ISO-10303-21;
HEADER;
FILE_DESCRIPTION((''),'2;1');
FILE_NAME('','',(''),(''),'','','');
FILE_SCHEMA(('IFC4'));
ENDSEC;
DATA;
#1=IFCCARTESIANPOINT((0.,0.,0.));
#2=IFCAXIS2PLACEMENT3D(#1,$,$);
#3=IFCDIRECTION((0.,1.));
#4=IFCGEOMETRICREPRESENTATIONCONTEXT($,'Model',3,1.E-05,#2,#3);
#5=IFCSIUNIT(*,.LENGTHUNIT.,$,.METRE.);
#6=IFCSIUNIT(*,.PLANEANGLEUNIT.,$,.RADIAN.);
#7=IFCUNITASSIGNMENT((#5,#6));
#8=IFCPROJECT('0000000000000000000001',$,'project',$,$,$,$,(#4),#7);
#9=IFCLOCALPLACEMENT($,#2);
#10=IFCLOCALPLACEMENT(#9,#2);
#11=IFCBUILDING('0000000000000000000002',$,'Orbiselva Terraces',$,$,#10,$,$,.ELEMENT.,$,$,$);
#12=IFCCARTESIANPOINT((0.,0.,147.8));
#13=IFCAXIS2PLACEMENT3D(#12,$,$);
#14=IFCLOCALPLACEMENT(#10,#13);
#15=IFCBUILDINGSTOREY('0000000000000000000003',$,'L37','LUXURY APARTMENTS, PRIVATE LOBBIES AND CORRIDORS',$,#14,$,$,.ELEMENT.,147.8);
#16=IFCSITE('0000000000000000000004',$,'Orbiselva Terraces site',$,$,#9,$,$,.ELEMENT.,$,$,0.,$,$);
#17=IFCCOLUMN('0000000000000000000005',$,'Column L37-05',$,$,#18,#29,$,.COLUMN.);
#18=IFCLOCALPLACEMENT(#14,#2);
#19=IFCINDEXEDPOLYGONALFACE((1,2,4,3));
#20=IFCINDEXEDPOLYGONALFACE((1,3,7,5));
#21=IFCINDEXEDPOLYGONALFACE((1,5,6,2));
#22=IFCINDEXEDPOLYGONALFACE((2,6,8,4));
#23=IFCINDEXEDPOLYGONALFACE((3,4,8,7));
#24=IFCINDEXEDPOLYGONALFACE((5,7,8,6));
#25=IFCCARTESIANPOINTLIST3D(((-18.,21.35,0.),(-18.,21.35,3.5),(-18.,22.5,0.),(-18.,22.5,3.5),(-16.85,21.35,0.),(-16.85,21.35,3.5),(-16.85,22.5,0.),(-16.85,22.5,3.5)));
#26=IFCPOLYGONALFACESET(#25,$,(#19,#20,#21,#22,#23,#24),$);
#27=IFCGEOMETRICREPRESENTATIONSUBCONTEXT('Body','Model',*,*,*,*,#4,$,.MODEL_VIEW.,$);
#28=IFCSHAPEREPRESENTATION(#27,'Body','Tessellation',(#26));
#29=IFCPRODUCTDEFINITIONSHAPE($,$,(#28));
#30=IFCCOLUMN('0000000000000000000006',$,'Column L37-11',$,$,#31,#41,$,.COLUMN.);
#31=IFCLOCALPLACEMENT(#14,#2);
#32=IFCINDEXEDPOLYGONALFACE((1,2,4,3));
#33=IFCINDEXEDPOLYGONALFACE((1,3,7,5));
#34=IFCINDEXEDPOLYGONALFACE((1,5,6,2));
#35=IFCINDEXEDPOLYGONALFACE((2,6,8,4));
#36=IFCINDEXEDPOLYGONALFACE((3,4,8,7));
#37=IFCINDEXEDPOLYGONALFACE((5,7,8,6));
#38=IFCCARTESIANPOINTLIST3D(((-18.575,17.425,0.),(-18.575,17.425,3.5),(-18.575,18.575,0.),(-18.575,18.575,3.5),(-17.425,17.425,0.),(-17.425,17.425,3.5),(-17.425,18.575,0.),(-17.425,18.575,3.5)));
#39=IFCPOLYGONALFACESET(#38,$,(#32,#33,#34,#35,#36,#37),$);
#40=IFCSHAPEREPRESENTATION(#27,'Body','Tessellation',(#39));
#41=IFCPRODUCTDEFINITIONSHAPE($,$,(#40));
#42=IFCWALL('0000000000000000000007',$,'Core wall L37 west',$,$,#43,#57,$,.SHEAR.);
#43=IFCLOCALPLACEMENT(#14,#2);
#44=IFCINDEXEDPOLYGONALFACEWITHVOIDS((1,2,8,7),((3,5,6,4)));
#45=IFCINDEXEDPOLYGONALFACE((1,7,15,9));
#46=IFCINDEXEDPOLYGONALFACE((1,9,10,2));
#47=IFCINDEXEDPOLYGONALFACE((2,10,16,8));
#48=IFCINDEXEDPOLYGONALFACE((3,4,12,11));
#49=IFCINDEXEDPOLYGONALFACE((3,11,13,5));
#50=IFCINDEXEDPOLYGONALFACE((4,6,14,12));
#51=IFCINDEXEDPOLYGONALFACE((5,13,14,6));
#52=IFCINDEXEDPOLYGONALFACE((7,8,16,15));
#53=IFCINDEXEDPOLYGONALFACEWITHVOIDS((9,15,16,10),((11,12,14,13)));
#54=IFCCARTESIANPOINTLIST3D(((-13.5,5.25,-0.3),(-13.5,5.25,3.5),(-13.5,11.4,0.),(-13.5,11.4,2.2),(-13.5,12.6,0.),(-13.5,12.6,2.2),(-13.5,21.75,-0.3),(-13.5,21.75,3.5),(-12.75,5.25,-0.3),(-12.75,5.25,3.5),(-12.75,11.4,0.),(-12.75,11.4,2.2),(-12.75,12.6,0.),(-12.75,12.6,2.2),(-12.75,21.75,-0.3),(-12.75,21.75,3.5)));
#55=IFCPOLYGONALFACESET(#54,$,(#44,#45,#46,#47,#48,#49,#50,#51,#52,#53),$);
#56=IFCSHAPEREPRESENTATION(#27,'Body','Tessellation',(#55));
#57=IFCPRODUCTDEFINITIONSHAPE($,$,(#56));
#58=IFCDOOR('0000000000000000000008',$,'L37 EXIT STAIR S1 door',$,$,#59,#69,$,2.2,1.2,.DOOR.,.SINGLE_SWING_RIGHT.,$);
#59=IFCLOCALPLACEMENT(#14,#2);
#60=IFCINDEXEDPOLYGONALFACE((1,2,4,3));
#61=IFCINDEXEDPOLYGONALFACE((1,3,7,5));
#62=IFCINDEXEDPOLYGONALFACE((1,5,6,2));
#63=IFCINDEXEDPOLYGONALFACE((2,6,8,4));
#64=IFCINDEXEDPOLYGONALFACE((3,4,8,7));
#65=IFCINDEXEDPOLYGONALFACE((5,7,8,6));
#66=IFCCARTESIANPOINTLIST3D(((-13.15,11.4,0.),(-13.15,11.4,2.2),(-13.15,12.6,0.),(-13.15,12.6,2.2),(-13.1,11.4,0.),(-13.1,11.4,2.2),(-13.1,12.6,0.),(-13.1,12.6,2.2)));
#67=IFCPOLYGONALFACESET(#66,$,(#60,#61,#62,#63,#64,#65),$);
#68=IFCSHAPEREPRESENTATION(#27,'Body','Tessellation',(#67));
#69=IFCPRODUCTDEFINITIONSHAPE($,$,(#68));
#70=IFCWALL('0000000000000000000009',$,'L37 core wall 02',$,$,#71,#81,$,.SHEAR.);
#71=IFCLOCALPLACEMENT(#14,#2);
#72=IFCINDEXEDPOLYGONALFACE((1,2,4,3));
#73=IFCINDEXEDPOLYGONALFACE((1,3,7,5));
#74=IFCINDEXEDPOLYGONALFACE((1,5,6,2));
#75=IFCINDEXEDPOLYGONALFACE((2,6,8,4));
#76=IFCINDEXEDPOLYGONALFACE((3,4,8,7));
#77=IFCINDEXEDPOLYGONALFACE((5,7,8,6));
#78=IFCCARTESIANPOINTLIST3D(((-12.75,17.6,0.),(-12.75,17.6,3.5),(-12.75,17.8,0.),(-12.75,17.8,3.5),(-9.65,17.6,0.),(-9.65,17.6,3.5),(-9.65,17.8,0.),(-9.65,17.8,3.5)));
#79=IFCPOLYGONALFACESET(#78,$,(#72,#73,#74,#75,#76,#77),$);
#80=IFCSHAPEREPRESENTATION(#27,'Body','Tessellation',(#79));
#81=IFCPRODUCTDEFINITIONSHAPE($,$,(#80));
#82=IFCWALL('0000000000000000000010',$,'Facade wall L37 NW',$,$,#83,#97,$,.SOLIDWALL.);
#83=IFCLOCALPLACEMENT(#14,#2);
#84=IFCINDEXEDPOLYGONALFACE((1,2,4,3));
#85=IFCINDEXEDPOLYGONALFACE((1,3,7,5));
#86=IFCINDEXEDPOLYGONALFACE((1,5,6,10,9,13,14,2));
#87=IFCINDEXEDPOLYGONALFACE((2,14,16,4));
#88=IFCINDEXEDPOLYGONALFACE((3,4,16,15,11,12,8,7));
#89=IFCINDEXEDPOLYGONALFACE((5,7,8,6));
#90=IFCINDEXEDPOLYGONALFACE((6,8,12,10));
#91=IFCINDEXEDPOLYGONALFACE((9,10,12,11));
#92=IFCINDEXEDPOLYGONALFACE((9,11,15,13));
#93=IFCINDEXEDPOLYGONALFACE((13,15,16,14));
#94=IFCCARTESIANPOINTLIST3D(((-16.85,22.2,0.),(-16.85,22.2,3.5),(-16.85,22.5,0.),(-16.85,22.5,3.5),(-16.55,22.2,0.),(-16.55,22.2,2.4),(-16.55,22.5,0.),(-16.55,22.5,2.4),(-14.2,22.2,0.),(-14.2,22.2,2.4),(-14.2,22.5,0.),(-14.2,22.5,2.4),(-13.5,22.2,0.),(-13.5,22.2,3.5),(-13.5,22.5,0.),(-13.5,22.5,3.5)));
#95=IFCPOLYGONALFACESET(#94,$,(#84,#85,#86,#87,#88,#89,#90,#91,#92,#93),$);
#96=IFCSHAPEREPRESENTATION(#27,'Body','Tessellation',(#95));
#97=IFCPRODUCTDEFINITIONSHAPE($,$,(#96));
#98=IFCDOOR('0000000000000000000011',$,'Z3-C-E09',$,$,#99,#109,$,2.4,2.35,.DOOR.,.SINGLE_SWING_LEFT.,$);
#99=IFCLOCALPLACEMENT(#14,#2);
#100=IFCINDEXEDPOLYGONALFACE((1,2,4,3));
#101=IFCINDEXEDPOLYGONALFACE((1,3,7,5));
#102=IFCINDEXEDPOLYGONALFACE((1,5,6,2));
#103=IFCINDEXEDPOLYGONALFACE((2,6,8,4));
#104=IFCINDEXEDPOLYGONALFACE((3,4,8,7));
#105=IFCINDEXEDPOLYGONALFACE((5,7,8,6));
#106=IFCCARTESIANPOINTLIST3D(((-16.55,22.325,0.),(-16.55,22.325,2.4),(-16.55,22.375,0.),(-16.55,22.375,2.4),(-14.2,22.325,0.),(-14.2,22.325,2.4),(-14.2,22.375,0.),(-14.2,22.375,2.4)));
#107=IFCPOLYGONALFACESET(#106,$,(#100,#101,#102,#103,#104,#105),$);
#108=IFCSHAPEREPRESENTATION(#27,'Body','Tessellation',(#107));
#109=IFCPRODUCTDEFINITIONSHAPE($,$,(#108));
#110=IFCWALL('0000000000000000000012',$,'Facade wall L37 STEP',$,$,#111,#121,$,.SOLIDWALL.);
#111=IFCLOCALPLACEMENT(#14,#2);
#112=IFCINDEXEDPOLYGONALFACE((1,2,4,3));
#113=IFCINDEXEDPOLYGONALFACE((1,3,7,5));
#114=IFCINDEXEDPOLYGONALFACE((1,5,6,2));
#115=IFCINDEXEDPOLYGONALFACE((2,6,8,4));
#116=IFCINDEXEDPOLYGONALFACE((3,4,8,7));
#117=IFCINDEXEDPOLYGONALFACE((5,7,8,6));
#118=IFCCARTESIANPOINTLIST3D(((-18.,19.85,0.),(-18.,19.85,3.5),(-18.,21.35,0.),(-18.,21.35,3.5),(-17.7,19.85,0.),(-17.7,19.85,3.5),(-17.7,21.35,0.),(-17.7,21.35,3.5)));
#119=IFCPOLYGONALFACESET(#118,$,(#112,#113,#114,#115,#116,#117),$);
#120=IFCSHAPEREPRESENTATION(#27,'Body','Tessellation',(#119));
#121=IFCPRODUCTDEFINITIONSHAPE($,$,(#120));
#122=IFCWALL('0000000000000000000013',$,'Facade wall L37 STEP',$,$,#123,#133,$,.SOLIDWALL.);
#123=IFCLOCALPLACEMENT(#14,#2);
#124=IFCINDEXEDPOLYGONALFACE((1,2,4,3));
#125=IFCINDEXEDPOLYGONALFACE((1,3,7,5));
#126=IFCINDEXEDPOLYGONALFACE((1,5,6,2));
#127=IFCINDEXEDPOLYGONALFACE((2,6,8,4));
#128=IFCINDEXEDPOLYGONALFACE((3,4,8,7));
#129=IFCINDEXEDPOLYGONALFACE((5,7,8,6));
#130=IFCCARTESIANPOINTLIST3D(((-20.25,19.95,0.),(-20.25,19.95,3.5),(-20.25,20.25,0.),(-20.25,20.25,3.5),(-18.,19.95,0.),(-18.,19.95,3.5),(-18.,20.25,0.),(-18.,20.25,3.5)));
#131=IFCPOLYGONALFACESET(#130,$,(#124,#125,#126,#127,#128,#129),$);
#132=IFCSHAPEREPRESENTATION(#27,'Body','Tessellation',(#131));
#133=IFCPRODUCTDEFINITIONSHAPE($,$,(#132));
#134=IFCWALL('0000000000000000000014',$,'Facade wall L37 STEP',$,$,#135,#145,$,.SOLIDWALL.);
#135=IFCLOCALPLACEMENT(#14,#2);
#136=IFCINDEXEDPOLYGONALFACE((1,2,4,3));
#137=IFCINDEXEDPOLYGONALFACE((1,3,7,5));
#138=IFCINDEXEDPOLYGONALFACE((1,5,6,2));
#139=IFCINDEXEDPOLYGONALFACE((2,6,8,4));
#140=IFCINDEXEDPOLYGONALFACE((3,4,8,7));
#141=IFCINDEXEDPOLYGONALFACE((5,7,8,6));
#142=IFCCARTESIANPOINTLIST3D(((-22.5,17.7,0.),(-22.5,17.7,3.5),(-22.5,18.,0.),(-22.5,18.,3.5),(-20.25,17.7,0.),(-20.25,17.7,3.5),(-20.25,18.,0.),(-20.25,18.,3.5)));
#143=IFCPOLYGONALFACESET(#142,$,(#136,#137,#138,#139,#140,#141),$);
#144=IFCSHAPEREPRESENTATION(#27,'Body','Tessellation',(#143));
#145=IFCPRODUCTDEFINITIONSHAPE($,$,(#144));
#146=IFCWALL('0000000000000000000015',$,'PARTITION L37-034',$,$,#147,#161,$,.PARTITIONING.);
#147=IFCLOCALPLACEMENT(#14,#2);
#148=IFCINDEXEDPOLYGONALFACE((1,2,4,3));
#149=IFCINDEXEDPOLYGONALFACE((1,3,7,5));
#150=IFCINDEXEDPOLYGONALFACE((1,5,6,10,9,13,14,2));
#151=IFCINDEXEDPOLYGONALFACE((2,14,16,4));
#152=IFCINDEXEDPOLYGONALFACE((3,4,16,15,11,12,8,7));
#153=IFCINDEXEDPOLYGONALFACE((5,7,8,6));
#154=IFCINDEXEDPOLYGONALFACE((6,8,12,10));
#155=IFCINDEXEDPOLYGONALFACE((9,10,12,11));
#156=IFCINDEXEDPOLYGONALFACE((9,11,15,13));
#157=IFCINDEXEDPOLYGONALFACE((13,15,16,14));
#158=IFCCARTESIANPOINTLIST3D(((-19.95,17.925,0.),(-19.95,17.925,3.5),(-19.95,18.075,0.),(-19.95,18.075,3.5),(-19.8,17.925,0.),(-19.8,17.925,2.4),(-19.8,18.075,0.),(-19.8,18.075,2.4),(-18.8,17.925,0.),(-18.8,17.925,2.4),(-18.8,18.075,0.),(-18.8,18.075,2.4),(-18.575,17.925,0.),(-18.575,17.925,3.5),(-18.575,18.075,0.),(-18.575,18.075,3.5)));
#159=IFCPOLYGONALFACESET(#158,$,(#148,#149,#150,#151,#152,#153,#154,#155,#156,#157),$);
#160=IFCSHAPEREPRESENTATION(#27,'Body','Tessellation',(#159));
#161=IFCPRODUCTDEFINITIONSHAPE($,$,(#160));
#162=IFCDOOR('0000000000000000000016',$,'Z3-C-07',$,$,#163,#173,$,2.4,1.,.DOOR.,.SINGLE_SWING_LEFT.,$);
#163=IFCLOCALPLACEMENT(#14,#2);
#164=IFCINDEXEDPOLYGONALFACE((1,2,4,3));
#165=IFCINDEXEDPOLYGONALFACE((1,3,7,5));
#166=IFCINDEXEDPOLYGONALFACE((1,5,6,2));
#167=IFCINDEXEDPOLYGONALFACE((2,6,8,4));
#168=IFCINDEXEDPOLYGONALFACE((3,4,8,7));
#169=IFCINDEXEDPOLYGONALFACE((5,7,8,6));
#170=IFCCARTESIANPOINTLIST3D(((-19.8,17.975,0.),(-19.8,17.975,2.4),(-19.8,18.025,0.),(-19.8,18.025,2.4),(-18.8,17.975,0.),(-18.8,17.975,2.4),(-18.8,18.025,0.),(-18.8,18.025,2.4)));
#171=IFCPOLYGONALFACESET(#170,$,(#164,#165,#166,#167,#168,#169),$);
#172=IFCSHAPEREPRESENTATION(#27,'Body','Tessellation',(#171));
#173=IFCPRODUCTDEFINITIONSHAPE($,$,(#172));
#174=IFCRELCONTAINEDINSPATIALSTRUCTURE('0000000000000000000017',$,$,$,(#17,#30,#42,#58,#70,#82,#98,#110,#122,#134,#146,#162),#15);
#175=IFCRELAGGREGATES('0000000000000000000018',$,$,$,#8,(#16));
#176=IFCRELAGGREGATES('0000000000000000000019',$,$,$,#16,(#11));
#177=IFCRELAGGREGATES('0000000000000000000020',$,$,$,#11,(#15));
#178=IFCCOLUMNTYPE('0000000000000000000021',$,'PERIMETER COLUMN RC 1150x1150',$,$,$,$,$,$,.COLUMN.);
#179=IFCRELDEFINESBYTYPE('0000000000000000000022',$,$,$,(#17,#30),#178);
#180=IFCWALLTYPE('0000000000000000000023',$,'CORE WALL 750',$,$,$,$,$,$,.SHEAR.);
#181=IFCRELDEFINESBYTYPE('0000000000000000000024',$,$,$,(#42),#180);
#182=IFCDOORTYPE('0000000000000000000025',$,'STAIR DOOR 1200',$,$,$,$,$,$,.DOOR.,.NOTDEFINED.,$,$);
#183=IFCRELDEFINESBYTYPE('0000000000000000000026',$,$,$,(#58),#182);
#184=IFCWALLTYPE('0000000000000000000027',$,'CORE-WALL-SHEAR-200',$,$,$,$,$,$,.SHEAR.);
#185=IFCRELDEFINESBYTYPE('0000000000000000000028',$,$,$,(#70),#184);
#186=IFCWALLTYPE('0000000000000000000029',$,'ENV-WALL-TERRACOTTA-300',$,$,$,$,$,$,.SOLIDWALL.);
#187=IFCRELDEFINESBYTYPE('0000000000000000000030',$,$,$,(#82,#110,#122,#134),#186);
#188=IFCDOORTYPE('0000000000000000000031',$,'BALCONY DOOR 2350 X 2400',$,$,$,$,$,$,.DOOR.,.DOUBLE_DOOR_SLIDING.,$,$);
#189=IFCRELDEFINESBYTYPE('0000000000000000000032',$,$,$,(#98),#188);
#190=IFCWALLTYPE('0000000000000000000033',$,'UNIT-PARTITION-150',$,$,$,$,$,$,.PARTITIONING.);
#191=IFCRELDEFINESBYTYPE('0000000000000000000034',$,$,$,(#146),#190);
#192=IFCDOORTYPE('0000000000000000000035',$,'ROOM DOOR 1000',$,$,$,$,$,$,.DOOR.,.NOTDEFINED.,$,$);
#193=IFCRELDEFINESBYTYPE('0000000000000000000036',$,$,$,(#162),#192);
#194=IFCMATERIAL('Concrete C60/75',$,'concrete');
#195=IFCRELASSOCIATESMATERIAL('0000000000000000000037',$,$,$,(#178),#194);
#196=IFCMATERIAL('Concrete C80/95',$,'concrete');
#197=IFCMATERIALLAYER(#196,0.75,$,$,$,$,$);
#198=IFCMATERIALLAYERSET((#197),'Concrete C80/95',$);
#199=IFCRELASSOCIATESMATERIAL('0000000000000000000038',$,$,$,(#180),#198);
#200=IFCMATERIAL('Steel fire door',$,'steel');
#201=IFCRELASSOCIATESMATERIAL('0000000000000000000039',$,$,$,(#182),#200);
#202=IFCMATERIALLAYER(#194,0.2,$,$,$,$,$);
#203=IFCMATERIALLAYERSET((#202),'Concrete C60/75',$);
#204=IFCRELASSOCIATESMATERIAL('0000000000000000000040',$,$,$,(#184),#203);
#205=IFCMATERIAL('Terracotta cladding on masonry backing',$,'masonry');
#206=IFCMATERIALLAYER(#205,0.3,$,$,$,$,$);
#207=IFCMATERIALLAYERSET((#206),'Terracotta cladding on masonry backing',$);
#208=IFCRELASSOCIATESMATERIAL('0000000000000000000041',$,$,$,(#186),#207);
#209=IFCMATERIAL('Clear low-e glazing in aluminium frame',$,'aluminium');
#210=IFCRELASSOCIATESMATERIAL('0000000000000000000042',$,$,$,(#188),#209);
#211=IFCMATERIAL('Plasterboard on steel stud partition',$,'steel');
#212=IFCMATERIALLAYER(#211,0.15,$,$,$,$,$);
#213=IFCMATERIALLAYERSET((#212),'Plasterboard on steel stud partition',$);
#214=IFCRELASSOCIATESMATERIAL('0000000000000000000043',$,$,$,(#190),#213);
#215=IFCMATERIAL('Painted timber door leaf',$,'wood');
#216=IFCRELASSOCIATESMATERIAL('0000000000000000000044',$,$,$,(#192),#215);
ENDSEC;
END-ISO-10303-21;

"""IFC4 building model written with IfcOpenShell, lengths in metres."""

from ifc_helpers import new_model, si_unit, direction, frame, frame_2d, origin, origin_2d, place, context, subcontext, project, spatial, rectangle, extrude, material, layer, layer_set, material_profile, profile_set, type_object, element, fill, save


model = new_model("IFC4")

# Units and contexts
model_context = context("Model", 3, precision=1e-05, world=origin(), true_north=direction((0.0, 1.0)))
body_context = subcontext(model_context, "Body", "Model", "MODEL_VIEW")
ifc_project = project(units=[si_unit("LENGTHUNIT", "METRE"), si_unit("PLANEANGLEUNIT", "RADIAN")], contexts=[model_context])

# Site, building, storey
site_placement = place(None, origin())
site = spatial("IfcSite", under=ifc_project, at=site_placement, Name="Orbiselva Terraces site", CompositionType="ELEMENT", RefElevation=0.0)
building_placement = place(site_placement, origin())
building = spatial("IfcBuilding", under=site, at=building_placement, Name="Orbiselva Terraces", CompositionType="ELEMENT")
storey_placement = place(building_placement, frame((0.0, 0.0, 147.8)))
storey = spatial("IfcBuildingStorey", under=building, at=storey_placement, Name="L37", Description="LUXURY APARTMENTS, PRIVATE LOBBIES AND CORRIDORS", CompositionType="ELEMENT", Elevation=147.8)

# Columns
ifc_material_1 = material(Name="Concrete C60/75", Category="concrete")
ifc_material_profile = material_profile(ifc_material_1, rectangle(XDim=1.15, YDim=1.15, at=origin_2d()), Name="RC 1150x1150")
ifc_profile_set = profile_set([ifc_material_profile], Name="Concrete C60/75")
column_type = type_object("IfcColumnType", Name="PERIMETER COLUMN RC 1150x1150", PredefinedType="COLUMN", material=ifc_profile_set)
for number, where, z_axis, x_axis, name in (
    (1, (-17.425, 21.925, 0.0), (0.0, 0.0, 1.0), (1.0, 0.0, 0.0), "Column L37-05"),
    (2, (-18.0, 18.0, 0.0), (0.0, 0.0, 1.0), (1.0, 0.0, 0.0), "Column L37-11"),
):
    element("IfcColumn", number, at=place(storey_placement, frame(where, z_axis=z_axis, x_axis=x_axis)), inside=storey, type_object=column_type, Name=name, PredefinedType="COLUMN", context=body_context, shape_type="SweptSolid", body=[
        extrude(rectangle(XDim=1.15, YDim=1.15, at=origin_2d()), origin(), (0.0, 0.0, 1.0), 3.5),
    ])

# Wall, opening, door
ifc_material_2 = material(Name="Concrete C80/95", Category="concrete")
ifc_layer_1 = layer(ifc_material_2, 0.75)
ifc_layer_set_1 = layer_set([ifc_layer_1], Name="Concrete C80/95")
wall_type_1 = type_object("IfcWallType", Name="CORE WALL 750", PredefinedType="SHEAR", material=ifc_layer_set_1)
wall_1_placement = place(storey_placement, frame((-13.125, 21.75, -0.3), z_axis=(0.0, 0.0, 1.0), x_axis=(0.0, -1.0, 0.0)))
wall_1 = element("IfcWall", 3, at=wall_1_placement, inside=storey, type_object=wall_type_1, Name="Core wall L37 west", PredefinedType="SHEAR", context=body_context, shape_type="SweptSolid", body=[
    extrude(rectangle(XDim=16.5, YDim=0.75, at=frame_2d((8.25, 0.0))), origin(), (0.0, 0.0, 1.0), 3.8),
])
opening_1_placement = place(wall_1_placement, frame((9.15, 0.0, 0.3)))
opening_1 = element("IfcOpeningElement", 4, at=opening_1_placement, cuts=wall_1, PredefinedType="OPENING", context=body_context, shape_type="SweptSolid", body=[
    extrude(rectangle(XDim=1.2, YDim=2.2, at=frame_2d((0.6, 1.1))), frame((0.0, 0.385, 0.0), z_axis=(0.0, -1.0, 0.0), x_axis=(1.0, 0.0, 0.0)), (0.0, 0.0, 1.0), 0.77),
])
ifc_material_3 = material(Name="Steel fire door", Category="steel")
door_type_1 = type_object("IfcDoorType", Name="STAIR DOOR 1200", OperationType="NOTDEFINED", PredefinedType="DOOR", material=ifc_material_3)
door_1_placement = place(opening_1_placement, frame((1.2, 0.0, 0.0), z_axis=(0.0, 0.0, 1.0), x_axis=(-1.0, 0.0, 0.0)))
door_1 = element("IfcDoor", 5, at=door_1_placement, inside=storey, type_object=door_type_1, Name="L37 EXIT STAIR S1 door", OperationType="SINGLE_SWING_RIGHT", OverallHeight=2.2, OverallWidth=1.2, PredefinedType="DOOR", context=body_context, shape_type="SweptSolid", body=[
    extrude(rectangle(XDim=1.2, YDim=2.2, at=frame_2d((0.6, 1.1))), frame((0.0, 0.025, 0.0), z_axis=(0.0, -1.0, 0.0), x_axis=(1.0, 0.0, 0.0)), (0.0, 0.0, 1.0), 0.05),
])
fill(opening_1, door_1)

# Wall
ifc_layer_2 = layer(ifc_material_1, 0.2)
ifc_layer_set_2 = layer_set([ifc_layer_2], Name="Concrete C60/75")
wall_type_2 = type_object("IfcWallType", Name="CORE-WALL-SHEAR-200", PredefinedType="SHEAR", material=ifc_layer_set_2)
wall_2_placement = place(storey_placement, frame((-12.75, 17.7, 0.0), z_axis=(0.0, 0.0, 1.0), x_axis=(1.0, 0.0, 0.0)))
element("IfcWall", 6, at=wall_2_placement, inside=storey, type_object=wall_type_2, Name="L37 core wall 02", PredefinedType="SHEAR", context=body_context, shape_type="SweptSolid", body=[
    extrude(rectangle(XDim=3.1, YDim=0.2, at=frame_2d((1.55, 0.0))), origin(), (0.0, 0.0, 1.0), 3.5),
])

# Wall, opening, door
ifc_material_4 = material(Name="Terracotta cladding on masonry backing", Category="masonry")
ifc_layer_3 = layer(ifc_material_4, 0.3)
ifc_layer_set_3 = layer_set([ifc_layer_3], Name="Terracotta cladding on masonry backing")
wall_type_3 = type_object("IfcWallType", Name="ENV-WALL-TERRACOTTA-300", PredefinedType="SOLIDWALL", material=ifc_layer_set_3)
wall_3_placement = place(storey_placement, frame((-16.85, 22.35, 0.0), z_axis=(0.0, 0.0, 1.0), x_axis=(1.0, 0.0, 0.0)))
wall_3 = element("IfcWall", 7, at=wall_3_placement, inside=storey, type_object=wall_type_3, Name="Facade wall L37 NW", PredefinedType="SOLIDWALL", context=body_context, shape_type="SweptSolid", body=[
    extrude(rectangle(XDim=3.35, YDim=0.3, at=frame_2d((1.675, 0.0))), origin(), (0.0, 0.0, 1.0), 3.5),
])
opening_2_placement = place(wall_3_placement, frame((0.3, 0.0, 0.0)))
opening_2 = element("IfcOpeningElement", 8, at=opening_2_placement, cuts=wall_3, PredefinedType="OPENING", context=body_context, shape_type="SweptSolid", body=[
    extrude(rectangle(XDim=2.35, YDim=2.4, at=frame_2d((1.175, 1.2))), frame((0.0, 0.16, 0.0), z_axis=(0.0, -1.0, 0.0), x_axis=(1.0, 0.0, 0.0)), (0.0, 0.0, 1.0), 0.32),
])
ifc_material_5 = material(Name="Clear low-e glazing in aluminium frame", Category="aluminium")
door_type_2 = type_object("IfcDoorType", Name="BALCONY DOOR 2350 X 2400", OperationType="DOUBLE_DOOR_SLIDING", PredefinedType="DOOR", material=ifc_material_5)
door_2_placement = place(opening_2_placement, origin())
door_2 = element("IfcDoor", 9, at=door_2_placement, inside=storey, type_object=door_type_2, Name="Z3-C-E09", OperationType="SINGLE_SWING_LEFT", OverallHeight=2.4, OverallWidth=2.35, PredefinedType="DOOR", context=body_context, shape_type="SweptSolid", body=[
    extrude(rectangle(XDim=2.35, YDim=2.4, at=frame_2d((1.175, 1.2))), frame((0.0, 0.025, 0.0), z_axis=(0.0, -1.0, 0.0), x_axis=(1.0, 0.0, 0.0)), (0.0, 0.0, 1.0), 0.05),
])
fill(opening_2, door_2)

# Walls
wall_4_placement = place(storey_placement, frame((-17.85, 19.85, 0.0), z_axis=(0.0, 0.0, 1.0), x_axis=(0.0, 1.0, 0.0)))
element("IfcWall", 10, at=wall_4_placement, inside=storey, type_object=wall_type_3, Name="Facade wall L37 STEP", PredefinedType="SOLIDWALL", context=body_context, shape_type="SweptSolid", body=[
    extrude(rectangle(XDim=1.5, YDim=0.3, at=frame_2d((0.75, 0.0))), origin(), (0.0, 0.0, 1.0), 3.5),
])
for number, where, z_axis, x_axis, name in (
    (11, (-20.25, 20.1, 0.0), (0.0, 0.0, 1.0), (1.0, 0.0, 0.0), "Facade wall L37 STEP"),
    (12, (-22.5, 17.85, 0.0), (0.0, 0.0, 1.0), (1.0, 0.0, 0.0), "Facade wall L37 STEP"),
):
    element("IfcWall", number, at=place(storey_placement, frame(where, z_axis=z_axis, x_axis=x_axis)), inside=storey, type_object=wall_type_3, Name=name, PredefinedType="SOLIDWALL", context=body_context, shape_type="SweptSolid", body=[
        extrude(rectangle(XDim=2.25, YDim=0.3, at=frame_2d((1.125, 0.0))), origin(), (0.0, 0.0, 1.0), 3.5),
    ])

# Wall, opening, door
ifc_material_6 = material(Name="Plasterboard on steel stud partition", Category="steel")
ifc_layer_4 = layer(ifc_material_6, 0.15)
ifc_layer_set_4 = layer_set([ifc_layer_4], Name="Plasterboard on steel stud partition")
wall_type_4 = type_object("IfcWallType", Name="UNIT-PARTITION-150", PredefinedType="PARTITIONING", material=ifc_layer_set_4)
wall_5_placement = place(storey_placement, frame((-19.95, 18.0, 0.0), z_axis=(0.0, 0.0, 1.0), x_axis=(1.0, 0.0, 0.0)))
wall_5 = element("IfcWall", 13, at=wall_5_placement, inside=storey, type_object=wall_type_4, Name="PARTITION L37-034", PredefinedType="PARTITIONING", context=body_context, shape_type="SweptSolid", body=[
    extrude(rectangle(XDim=1.375, YDim=0.15, at=frame_2d((0.6875, 0.0))), origin(), (0.0, 0.0, 1.0), 3.5),
])
opening_3_placement = place(wall_5_placement, frame((0.15, 0.0, 0.0)))
opening_3 = element("IfcOpeningElement", 14, at=opening_3_placement, cuts=wall_5, PredefinedType="OPENING", context=body_context, shape_type="SweptSolid", body=[
    extrude(rectangle(XDim=1.0, YDim=2.4, at=frame_2d((0.5, 1.2))), frame((0.0, 0.085, 0.0), z_axis=(0.0, -1.0, 0.0), x_axis=(1.0, 0.0, 0.0)), (0.0, 0.0, 1.0), 0.17),
])
ifc_material_7 = material(Name="Painted timber door leaf", Category="wood")
door_type_3 = type_object("IfcDoorType", Name="ROOM DOOR 1000", OperationType="NOTDEFINED", PredefinedType="DOOR", material=ifc_material_7)
door_3_placement = place(opening_3_placement, origin())
door_3 = element("IfcDoor", 15, at=door_3_placement, inside=storey, type_object=door_type_3, Name="Z3-C-07", OperationType="SINGLE_SWING_LEFT", OverallHeight=2.4, OverallWidth=1.0, PredefinedType="DOOR", context=body_context, shape_type="SweptSolid", body=[
    extrude(rectangle(XDim=1.0, YDim=2.4, at=frame_2d((0.5, 1.2))), frame((0.0, 0.025, 0.0), z_axis=(0.0, -1.0, 0.0), x_axis=(1.0, 0.0, 0.0)), (0.0, 0.0, 1.0), 0.05),
])
fill(opening_3, door_3)

save(model, "model.ifc")
